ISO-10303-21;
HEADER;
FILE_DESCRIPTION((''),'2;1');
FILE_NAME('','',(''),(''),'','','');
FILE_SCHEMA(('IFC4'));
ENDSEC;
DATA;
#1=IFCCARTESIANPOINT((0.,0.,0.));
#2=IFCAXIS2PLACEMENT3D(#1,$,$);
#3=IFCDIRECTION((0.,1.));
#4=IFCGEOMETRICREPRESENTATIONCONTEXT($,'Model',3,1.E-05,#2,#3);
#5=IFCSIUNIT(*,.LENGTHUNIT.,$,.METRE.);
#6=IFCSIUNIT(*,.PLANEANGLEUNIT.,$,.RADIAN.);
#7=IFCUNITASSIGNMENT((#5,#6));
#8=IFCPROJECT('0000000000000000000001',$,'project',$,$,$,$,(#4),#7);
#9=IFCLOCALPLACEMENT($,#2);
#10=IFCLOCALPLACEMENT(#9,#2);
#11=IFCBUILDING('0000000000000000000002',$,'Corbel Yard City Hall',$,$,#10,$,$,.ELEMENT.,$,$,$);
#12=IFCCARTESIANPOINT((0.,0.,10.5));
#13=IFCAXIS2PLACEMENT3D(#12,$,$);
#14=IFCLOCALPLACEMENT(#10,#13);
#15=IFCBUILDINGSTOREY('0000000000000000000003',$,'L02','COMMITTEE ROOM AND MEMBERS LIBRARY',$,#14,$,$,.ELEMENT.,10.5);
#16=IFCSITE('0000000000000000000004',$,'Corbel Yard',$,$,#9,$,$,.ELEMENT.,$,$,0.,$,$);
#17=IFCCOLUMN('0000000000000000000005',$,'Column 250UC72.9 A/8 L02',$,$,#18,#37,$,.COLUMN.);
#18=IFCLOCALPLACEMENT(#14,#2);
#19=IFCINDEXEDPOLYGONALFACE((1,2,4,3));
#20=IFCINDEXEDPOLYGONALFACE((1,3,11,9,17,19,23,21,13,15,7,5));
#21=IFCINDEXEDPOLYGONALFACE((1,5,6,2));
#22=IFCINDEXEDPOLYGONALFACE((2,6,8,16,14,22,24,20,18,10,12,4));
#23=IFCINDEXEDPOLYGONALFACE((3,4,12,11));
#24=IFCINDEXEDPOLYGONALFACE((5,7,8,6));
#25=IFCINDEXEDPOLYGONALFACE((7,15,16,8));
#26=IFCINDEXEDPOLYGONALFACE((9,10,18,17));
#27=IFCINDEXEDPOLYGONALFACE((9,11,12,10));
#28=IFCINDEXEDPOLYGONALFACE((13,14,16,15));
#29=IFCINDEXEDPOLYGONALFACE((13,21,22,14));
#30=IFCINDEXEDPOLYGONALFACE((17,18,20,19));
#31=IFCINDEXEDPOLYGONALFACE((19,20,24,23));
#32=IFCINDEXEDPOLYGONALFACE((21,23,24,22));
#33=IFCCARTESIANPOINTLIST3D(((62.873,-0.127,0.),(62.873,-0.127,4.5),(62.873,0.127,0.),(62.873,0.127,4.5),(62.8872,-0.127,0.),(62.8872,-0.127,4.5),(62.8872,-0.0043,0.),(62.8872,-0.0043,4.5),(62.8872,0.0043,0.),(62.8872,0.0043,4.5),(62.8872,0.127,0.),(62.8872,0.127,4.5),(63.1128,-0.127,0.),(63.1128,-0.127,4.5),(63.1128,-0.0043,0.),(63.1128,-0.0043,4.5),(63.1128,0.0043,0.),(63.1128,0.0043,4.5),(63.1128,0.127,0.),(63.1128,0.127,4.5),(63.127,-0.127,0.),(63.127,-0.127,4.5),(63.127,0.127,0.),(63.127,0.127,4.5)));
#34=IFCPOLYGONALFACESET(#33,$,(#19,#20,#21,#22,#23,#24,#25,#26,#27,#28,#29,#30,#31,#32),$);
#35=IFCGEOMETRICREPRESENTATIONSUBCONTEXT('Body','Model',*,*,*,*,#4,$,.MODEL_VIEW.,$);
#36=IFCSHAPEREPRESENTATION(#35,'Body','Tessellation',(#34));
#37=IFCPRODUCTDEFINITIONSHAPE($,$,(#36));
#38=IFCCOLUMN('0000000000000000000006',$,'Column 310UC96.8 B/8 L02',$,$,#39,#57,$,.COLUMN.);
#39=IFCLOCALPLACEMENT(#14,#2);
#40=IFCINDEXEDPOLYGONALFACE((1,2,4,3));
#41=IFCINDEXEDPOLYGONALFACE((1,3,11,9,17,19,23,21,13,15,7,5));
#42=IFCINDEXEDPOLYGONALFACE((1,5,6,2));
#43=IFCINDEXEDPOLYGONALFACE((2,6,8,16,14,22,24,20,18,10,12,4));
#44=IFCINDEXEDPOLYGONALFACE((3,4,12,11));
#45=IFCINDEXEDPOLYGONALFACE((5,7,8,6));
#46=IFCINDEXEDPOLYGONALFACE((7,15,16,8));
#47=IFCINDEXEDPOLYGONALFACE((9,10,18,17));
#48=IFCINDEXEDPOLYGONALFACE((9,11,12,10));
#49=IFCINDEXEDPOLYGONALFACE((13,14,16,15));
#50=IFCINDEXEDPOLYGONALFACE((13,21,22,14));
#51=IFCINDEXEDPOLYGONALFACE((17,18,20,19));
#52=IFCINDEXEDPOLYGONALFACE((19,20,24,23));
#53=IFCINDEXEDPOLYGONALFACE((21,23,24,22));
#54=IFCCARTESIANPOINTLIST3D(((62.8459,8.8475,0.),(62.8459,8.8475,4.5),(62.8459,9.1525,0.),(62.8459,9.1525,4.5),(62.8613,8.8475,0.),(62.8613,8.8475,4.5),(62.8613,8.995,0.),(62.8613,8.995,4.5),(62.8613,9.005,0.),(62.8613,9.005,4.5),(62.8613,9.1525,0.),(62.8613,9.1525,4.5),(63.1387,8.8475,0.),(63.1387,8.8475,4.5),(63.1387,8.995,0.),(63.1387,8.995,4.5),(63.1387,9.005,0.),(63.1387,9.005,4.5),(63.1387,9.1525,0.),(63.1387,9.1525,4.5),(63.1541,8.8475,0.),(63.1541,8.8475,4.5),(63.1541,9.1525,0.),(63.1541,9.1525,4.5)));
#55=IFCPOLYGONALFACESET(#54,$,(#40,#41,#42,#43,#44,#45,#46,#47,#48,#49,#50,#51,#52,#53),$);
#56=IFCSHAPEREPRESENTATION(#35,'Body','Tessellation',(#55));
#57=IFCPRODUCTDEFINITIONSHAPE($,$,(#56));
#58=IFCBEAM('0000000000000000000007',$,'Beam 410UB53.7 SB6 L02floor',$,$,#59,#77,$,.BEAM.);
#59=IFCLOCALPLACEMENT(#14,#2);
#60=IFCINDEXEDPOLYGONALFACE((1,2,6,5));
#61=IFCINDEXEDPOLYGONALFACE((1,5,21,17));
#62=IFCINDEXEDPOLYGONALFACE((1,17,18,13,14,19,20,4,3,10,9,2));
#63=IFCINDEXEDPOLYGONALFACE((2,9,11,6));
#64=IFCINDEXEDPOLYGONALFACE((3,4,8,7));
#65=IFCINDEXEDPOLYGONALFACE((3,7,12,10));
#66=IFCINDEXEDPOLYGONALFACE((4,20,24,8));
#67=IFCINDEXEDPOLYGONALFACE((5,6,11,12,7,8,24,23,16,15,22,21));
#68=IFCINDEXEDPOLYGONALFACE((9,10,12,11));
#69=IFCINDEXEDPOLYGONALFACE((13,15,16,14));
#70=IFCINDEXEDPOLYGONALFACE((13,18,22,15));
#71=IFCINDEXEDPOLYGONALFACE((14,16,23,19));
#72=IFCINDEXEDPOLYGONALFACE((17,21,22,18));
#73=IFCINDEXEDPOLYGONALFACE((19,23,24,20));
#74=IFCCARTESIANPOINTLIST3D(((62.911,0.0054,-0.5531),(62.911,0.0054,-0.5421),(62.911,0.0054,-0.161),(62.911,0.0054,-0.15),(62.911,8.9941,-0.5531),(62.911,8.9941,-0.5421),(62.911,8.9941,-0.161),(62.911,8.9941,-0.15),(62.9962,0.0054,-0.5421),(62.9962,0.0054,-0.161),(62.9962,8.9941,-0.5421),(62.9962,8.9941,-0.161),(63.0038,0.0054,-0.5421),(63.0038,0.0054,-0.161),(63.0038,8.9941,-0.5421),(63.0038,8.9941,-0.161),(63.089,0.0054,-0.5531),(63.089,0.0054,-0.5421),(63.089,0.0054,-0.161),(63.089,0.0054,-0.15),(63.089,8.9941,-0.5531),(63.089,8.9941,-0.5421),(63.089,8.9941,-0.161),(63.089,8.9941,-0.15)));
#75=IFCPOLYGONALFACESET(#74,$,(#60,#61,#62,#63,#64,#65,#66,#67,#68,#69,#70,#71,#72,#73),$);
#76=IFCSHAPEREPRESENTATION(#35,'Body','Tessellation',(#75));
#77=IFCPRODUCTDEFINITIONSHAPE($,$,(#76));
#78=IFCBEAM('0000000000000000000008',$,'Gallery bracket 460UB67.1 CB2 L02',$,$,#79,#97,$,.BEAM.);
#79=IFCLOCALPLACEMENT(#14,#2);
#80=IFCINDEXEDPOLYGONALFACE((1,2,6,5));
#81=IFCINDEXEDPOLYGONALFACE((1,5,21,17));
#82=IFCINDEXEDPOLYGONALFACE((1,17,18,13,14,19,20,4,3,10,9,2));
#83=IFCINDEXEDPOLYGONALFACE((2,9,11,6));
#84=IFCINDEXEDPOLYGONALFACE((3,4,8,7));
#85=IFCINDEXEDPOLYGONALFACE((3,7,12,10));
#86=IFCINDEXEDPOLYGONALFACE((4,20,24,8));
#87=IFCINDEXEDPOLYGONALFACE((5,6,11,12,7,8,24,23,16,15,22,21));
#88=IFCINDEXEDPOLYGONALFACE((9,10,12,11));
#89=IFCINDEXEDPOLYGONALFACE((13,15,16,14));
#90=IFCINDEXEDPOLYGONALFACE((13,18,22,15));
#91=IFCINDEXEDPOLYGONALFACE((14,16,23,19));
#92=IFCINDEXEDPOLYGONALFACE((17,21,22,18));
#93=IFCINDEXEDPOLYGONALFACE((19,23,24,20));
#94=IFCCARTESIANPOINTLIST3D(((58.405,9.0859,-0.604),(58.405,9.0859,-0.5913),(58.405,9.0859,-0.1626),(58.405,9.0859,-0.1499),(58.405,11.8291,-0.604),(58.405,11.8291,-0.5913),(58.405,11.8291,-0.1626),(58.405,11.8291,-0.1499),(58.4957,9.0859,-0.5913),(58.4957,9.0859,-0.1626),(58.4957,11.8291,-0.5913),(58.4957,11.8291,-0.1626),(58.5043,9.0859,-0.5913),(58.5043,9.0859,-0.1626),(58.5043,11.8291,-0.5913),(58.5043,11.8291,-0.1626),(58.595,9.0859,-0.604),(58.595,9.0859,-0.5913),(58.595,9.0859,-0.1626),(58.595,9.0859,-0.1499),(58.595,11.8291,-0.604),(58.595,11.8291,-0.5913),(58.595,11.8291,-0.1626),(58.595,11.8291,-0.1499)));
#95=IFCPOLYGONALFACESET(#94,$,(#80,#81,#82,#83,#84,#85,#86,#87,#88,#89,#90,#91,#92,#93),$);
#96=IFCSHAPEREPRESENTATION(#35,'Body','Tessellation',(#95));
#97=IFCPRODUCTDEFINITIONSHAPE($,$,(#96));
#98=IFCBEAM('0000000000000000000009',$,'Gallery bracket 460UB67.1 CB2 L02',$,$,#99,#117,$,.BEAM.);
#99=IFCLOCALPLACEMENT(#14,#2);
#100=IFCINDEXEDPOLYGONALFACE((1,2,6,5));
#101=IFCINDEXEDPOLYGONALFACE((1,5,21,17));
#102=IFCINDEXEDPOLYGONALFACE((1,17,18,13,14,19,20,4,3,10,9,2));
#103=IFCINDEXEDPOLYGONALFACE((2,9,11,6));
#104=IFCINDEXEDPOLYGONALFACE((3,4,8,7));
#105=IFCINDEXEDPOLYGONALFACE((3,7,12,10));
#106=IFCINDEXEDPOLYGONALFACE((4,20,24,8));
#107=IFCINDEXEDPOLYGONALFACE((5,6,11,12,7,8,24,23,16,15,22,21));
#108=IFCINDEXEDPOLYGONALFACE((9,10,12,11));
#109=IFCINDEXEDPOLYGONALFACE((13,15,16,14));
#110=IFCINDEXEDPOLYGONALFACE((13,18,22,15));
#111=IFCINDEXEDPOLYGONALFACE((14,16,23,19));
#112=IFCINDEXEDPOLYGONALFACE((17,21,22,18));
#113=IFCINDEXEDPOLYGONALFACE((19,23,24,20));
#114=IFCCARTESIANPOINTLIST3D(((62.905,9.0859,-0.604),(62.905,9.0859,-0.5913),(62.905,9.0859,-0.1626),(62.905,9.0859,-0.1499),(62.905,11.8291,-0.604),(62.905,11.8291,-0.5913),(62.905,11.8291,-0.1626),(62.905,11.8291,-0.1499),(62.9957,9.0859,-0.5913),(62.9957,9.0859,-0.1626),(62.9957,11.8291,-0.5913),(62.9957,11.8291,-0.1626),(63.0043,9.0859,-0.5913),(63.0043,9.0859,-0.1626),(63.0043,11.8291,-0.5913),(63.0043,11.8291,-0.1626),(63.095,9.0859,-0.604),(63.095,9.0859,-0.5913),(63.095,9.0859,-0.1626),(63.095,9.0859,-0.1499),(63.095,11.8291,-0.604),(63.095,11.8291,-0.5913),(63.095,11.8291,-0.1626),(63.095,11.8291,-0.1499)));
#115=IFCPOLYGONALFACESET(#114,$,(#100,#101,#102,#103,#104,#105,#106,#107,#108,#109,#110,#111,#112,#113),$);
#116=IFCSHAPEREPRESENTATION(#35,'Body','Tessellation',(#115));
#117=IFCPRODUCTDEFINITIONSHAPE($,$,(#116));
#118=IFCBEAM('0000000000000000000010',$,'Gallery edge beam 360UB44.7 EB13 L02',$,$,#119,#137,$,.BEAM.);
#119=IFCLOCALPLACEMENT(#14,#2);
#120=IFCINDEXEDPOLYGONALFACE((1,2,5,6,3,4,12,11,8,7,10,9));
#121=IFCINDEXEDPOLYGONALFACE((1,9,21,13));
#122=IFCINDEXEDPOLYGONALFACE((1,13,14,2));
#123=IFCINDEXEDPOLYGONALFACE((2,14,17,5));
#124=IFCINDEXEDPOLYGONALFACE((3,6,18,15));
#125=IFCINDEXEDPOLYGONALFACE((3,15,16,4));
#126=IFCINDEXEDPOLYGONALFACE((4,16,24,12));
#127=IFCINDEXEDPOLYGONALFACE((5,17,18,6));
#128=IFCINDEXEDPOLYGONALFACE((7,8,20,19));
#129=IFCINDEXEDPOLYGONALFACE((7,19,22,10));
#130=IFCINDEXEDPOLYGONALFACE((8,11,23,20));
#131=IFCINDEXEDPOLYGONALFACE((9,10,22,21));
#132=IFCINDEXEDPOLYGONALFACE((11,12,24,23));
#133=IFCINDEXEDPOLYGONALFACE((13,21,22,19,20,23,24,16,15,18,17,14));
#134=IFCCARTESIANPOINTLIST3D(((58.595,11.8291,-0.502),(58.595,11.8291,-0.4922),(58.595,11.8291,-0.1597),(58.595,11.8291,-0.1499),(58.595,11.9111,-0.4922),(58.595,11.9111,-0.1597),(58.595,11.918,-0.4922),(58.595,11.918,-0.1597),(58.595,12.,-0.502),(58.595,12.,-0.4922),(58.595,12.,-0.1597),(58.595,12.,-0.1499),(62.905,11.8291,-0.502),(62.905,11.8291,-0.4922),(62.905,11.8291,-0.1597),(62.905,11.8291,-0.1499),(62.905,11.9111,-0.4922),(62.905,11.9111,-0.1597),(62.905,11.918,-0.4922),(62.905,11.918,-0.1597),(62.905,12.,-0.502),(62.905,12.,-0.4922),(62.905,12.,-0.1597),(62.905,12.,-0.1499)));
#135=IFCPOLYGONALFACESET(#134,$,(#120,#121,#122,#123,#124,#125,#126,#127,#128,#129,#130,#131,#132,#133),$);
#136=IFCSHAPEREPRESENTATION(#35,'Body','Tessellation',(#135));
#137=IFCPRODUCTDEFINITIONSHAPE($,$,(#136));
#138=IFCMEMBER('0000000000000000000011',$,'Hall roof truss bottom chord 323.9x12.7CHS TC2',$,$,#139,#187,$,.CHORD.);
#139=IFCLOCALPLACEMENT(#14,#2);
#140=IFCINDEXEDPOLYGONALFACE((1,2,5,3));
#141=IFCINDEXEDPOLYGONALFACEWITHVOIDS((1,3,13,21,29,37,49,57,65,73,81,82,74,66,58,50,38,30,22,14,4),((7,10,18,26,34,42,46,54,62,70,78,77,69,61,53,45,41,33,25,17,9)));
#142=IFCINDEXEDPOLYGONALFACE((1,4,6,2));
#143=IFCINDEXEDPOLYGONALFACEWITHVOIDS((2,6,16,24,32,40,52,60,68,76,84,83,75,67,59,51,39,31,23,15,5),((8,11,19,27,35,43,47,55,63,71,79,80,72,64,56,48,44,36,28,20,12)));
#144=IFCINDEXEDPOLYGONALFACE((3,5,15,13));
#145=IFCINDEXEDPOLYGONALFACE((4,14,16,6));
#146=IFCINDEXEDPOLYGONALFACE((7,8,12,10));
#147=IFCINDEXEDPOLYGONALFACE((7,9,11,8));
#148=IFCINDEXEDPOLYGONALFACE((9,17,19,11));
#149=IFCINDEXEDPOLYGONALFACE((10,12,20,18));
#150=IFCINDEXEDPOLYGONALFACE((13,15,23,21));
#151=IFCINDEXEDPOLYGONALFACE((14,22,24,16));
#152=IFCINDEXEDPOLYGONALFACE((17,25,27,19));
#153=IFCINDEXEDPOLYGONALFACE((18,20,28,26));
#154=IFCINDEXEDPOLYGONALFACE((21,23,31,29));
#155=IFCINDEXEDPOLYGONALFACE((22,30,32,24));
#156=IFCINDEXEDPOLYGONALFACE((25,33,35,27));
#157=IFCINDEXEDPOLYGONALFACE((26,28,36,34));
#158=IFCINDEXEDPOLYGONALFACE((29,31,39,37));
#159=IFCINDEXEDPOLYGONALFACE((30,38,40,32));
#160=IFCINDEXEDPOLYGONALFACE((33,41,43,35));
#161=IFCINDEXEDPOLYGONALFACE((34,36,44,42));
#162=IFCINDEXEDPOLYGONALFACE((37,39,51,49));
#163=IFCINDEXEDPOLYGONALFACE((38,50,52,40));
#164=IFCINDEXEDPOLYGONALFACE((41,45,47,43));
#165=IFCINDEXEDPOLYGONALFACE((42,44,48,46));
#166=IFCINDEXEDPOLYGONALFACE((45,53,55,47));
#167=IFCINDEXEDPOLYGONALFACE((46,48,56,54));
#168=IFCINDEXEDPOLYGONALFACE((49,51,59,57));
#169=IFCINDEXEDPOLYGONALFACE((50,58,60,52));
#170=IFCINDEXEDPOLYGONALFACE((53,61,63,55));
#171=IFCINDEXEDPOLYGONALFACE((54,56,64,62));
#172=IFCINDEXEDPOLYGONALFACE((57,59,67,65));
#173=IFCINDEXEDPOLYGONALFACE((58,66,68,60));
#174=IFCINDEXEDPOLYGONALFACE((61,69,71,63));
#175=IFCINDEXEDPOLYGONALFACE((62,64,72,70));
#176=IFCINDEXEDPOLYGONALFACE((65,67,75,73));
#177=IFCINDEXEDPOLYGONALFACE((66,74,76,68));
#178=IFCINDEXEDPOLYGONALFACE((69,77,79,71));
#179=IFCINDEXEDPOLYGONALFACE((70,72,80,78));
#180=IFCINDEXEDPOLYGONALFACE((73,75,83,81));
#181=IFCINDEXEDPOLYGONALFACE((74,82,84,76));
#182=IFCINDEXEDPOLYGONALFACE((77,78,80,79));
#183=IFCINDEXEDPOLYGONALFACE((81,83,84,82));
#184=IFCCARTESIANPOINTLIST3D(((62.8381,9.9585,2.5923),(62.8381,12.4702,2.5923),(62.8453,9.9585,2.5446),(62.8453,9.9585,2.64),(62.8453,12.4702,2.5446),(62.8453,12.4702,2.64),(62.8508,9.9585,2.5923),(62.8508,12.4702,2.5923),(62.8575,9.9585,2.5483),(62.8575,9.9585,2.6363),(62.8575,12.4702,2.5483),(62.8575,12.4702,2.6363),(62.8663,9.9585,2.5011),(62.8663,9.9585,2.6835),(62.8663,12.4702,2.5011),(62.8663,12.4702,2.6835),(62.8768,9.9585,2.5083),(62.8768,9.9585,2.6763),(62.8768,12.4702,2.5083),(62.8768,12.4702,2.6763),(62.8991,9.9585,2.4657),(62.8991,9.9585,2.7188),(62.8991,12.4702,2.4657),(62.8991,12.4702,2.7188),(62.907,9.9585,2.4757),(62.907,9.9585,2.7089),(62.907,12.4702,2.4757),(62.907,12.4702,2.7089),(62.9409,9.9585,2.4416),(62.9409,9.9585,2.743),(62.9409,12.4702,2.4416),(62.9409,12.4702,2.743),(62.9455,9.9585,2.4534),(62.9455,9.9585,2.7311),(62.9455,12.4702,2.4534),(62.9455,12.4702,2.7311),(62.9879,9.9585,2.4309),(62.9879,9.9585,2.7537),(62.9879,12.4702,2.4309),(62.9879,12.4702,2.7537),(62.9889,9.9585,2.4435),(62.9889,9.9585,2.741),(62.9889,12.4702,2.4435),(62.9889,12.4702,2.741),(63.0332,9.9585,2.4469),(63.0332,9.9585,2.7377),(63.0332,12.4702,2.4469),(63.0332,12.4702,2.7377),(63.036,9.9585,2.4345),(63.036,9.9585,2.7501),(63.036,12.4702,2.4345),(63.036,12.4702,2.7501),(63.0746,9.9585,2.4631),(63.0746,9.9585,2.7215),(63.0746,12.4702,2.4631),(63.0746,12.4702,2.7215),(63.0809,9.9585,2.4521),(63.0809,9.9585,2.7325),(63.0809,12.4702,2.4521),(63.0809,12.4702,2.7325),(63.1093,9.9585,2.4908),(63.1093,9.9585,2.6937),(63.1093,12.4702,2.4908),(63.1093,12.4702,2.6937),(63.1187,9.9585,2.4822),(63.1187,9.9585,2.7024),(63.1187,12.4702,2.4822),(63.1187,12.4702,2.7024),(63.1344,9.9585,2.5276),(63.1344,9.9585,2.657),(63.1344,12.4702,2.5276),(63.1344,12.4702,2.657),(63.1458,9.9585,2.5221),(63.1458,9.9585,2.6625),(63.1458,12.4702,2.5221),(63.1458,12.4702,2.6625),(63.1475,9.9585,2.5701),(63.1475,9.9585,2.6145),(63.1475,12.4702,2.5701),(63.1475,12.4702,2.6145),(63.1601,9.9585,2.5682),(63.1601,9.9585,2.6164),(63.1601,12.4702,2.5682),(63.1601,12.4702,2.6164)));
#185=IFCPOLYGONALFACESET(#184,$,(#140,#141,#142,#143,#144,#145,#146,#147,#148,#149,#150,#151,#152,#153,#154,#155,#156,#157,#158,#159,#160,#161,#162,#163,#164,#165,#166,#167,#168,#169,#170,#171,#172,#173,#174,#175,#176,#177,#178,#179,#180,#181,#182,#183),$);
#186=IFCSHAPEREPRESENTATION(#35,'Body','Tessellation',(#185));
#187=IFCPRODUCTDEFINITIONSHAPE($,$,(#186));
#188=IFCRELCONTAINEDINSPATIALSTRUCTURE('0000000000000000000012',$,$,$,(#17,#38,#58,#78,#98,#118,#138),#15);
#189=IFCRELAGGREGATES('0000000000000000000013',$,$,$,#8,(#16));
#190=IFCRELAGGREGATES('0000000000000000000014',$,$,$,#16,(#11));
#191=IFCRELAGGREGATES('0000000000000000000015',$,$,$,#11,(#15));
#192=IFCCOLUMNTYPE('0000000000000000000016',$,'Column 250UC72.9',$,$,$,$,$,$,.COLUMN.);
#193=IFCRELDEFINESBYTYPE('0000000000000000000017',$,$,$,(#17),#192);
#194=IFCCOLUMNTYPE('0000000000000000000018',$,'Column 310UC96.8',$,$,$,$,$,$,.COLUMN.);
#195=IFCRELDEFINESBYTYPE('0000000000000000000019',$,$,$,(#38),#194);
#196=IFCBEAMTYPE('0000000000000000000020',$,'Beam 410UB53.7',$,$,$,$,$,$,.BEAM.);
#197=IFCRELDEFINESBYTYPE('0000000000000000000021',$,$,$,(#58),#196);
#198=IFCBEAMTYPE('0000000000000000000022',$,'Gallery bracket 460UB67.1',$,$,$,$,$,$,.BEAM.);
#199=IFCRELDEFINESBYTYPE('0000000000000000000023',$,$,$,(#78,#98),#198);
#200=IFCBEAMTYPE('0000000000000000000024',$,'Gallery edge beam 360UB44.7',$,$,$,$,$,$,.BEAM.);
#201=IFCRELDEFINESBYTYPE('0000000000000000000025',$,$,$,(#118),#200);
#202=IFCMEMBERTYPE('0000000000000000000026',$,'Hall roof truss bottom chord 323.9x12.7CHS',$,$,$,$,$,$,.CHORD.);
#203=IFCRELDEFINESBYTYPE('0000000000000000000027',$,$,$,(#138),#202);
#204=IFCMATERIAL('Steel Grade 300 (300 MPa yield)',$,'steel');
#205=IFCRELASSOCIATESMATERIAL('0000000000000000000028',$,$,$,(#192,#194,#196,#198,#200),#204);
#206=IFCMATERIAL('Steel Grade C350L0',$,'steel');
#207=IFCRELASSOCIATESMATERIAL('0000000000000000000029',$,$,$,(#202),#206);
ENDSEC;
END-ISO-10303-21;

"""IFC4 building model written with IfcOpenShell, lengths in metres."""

from ifc_helpers import new_model, si_unit, direction, frame, origin, origin_2d, place, context, subcontext, project, spatial, hollow_circle, i_section, extrude, material, material_profile, profile_set, type_object, element, save


model = new_model("IFC4")

# Units and contexts
model_context = context("Model", 3, precision=1e-05, world=origin(), true_north=direction((0.0, 1.0)))
body_context = subcontext(model_context, "Body", "Model", "MODEL_VIEW")
ifc_project = project(units=[si_unit("LENGTHUNIT", "METRE"), si_unit("PLANEANGLEUNIT", "RADIAN")], contexts=[model_context])

# Site, building, storey
site_placement = place(None, origin())
site = spatial("IfcSite", under=ifc_project, at=site_placement, Name="Corbel Yard", CompositionType="ELEMENT", RefElevation=0.0)
building_placement = place(site_placement, origin())
building = spatial("IfcBuilding", under=site, at=building_placement, Name="Corbel Yard City Hall", CompositionType="ELEMENT")
storey_placement = place(building_placement, frame((0.0, 0.0, 10.5)))
storey = spatial("IfcBuildingStorey", under=building, at=storey_placement, Name="L02", Description="COMMITTEE ROOM AND MEMBERS LIBRARY", CompositionType="ELEMENT", Elevation=10.5)

# Columns
ifc_material_1 = material(Name="Steel Grade 300 (300 MPa yield)", Category="steel")
ifc_material_profile_1 = material_profile(ifc_material_1, i_section(OverallWidth=0.2539, OverallDepth=0.2539, WebThickness=0.0085, FlangeThickness=0.0142, at=origin_2d()), Name="250UC72.9")
ifc_profile_set_1 = profile_set([ifc_material_profile_1], Name="Steel Grade 300 (300 MPa yield)")
column_type_1 = type_object("IfcColumnType", Name="Column 250UC72.9", PredefinedType="COLUMN", material=ifc_profile_set_1)
column_1_placement = place(storey_placement, frame((63.0, 0.0, 0.0), z_axis=(0.0, 0.0, 1.0), x_axis=(0.0, 1.0, 0.0)))
element("IfcColumn", 1, at=column_1_placement, inside=storey, type_object=column_type_1, Name="Column 250UC72.9 A/8 L02", PredefinedType="COLUMN", context=body_context, shape_type="SweptSolid", body=[
    extrude(i_section(OverallWidth=0.2539, OverallDepth=0.2539, WebThickness=0.0085, FlangeThickness=0.0142, at=origin_2d()), origin(), (0.0, 0.0, 1.0), 4.5),
])
ifc_material_profile_2 = material_profile(ifc_material_1, i_section(OverallWidth=0.3049, OverallDepth=0.3081, WebThickness=0.01, FlangeThickness=0.0154, at=origin_2d()), Name="310UC96.8")
ifc_profile_set_2 = profile_set([ifc_material_profile_2], Name="Steel Grade 300 (300 MPa yield)")
column_type_2 = type_object("IfcColumnType", Name="Column 310UC96.8", PredefinedType="COLUMN", material=ifc_profile_set_2)
column_2_placement = place(storey_placement, frame((63.0, 9.0, 0.0), z_axis=(0.0, 0.0, 1.0), x_axis=(0.0, 1.0, 0.0)))
element("IfcColumn", 2, at=column_2_placement, inside=storey, type_object=column_type_2, Name="Column 310UC96.8 B/8 L02", PredefinedType="COLUMN", context=body_context, shape_type="SweptSolid", body=[
    extrude(i_section(OverallWidth=0.3049, OverallDepth=0.3081, WebThickness=0.01, FlangeThickness=0.0154, at=origin_2d()), origin(), (0.0, 0.0, 1.0), 4.5),
])

# Beams
ifc_material_profile_3 = material_profile(ifc_material_1, i_section(OverallWidth=0.178, OverallDepth=0.4031, WebThickness=0.0076, FlangeThickness=0.011, at=origin_2d()), Name="410UB53.7")
ifc_profile_set_3 = profile_set([ifc_material_profile_3], Name="Steel Grade 300 (300 MPa yield)")
beam_type_1 = type_object("IfcBeamType", Name="Beam 410UB53.7", PredefinedType="BEAM", material=ifc_profile_set_3)
beam_1_placement = place(storey_placement, frame((63.0, 0.0054, -0.3516), z_axis=(0.0, 1.0, 0.0), x_axis=(-1.0, 0.0, 0.0)))
element("IfcBeam", 3, at=beam_1_placement, inside=storey, type_object=beam_type_1, Name="Beam 410UB53.7 SB6 L02floor", PredefinedType="BEAM", context=body_context, shape_type="SweptSolid", body=[
    extrude(i_section(OverallWidth=0.178, OverallDepth=0.4031, WebThickness=0.0076, FlangeThickness=0.011, at=origin_2d()), origin(), (0.0, 0.0, 1.0), 8.9888),
])
ifc_material_profile_4 = material_profile(ifc_material_1, i_section(OverallWidth=0.1899, OverallDepth=0.4541, WebThickness=0.0085, FlangeThickness=0.0127, at=origin_2d()), Name="460UB67.1")
ifc_profile_set_4 = profile_set([ifc_material_profile_4], Name="Steel Grade 300 (300 MPa yield)")
beam_type_2 = type_object("IfcBeamType", Name="Gallery bracket 460UB67.1", PredefinedType="BEAM", material=ifc_profile_set_4)
for number, where, z_axis, x_axis, name in (
    (4, (58.5, 9.0859, -0.377), (0.0, 1.0, 0.0), (-1.0, 0.0, 0.0), "Gallery bracket 460UB67.1 CB2 L02"),
    (5, (63.0, 9.0859, -0.377), (0.0, 1.0, 0.0), (-1.0, 0.0, 0.0), "Gallery bracket 460UB67.1 CB2 L02"),
):
    element("IfcBeam", number, at=place(storey_placement, frame(where, z_axis=z_axis, x_axis=x_axis)), inside=storey, type_object=beam_type_2, Name=name, PredefinedType="BEAM", context=body_context, shape_type="SweptSolid", body=[
        extrude(i_section(OverallWidth=0.1899, OverallDepth=0.4541, WebThickness=0.0085, FlangeThickness=0.0127, at=origin_2d()), origin(), (0.0, 0.0, 1.0), 2.7432),
    ])
ifc_material_profile_5 = material_profile(ifc_material_1, i_section(OverallWidth=0.1709, OverallDepth=0.3521, WebThickness=0.0068, FlangeThickness=0.0098, at=origin_2d()), Name="360UB44.7")
ifc_profile_set_5 = profile_set([ifc_material_profile_5], Name="Steel Grade 300 (300 MPa yield)")
beam_type_3 = type_object("IfcBeamType", Name="Gallery edge beam 360UB44.7", PredefinedType="BEAM", material=ifc_profile_set_5)
beam_2_placement = place(storey_placement, frame((58.595, 11.9146, -0.3259), z_axis=(1.0, 0.0, 0.0), x_axis=(0.0, 1.0, 0.0)))
element("IfcBeam", 6, at=beam_2_placement, inside=storey, type_object=beam_type_3, Name="Gallery edge beam 360UB44.7 EB13 L02", PredefinedType="BEAM", context=body_context, shape_type="SweptSolid", body=[
    extrude(i_section(OverallWidth=0.1709, OverallDepth=0.3521, WebThickness=0.0068, FlangeThickness=0.0098, at=origin_2d()), origin(), (0.0, 0.0, 1.0), 4.3101),
])

# Member
ifc_material_2 = material(Name="Steel Grade C350L0", Category="steel")
ifc_material_profile_6 = material_profile(ifc_material_2, hollow_circle(Radius=0.1619, WallThickness=0.0127, at=origin_2d()), Name="323.9x12.7CHS")
ifc_profile_set_6 = profile_set([ifc_material_profile_6], Name="Steel Grade C350L0")
member_type_1 = type_object("IfcMemberType", Name="Hall roof truss bottom chord 323.9x12.7CHS", PredefinedType="CHORD", material=ifc_profile_set_6)
member_1_placement = place(storey_placement, frame((63.0, 9.9585, 2.5923), z_axis=(0.0, 1.0, 0.0), x_axis=(-1.0, 0.0, 0.0)))
element("IfcMember", 7, at=member_1_placement, inside=storey, type_object=member_type_1, Name="Hall roof truss bottom chord 323.9x12.7CHS TC2", PredefinedType="CHORD", context=body_context, shape_type="SweptSolid", body=[
    extrude(hollow_circle(Radius=0.1619, WallThickness=0.0127, at=origin_2d()), origin(), (0.0, 0.0, 1.0), 2.5117),
])

save(model, "model.ifc")
